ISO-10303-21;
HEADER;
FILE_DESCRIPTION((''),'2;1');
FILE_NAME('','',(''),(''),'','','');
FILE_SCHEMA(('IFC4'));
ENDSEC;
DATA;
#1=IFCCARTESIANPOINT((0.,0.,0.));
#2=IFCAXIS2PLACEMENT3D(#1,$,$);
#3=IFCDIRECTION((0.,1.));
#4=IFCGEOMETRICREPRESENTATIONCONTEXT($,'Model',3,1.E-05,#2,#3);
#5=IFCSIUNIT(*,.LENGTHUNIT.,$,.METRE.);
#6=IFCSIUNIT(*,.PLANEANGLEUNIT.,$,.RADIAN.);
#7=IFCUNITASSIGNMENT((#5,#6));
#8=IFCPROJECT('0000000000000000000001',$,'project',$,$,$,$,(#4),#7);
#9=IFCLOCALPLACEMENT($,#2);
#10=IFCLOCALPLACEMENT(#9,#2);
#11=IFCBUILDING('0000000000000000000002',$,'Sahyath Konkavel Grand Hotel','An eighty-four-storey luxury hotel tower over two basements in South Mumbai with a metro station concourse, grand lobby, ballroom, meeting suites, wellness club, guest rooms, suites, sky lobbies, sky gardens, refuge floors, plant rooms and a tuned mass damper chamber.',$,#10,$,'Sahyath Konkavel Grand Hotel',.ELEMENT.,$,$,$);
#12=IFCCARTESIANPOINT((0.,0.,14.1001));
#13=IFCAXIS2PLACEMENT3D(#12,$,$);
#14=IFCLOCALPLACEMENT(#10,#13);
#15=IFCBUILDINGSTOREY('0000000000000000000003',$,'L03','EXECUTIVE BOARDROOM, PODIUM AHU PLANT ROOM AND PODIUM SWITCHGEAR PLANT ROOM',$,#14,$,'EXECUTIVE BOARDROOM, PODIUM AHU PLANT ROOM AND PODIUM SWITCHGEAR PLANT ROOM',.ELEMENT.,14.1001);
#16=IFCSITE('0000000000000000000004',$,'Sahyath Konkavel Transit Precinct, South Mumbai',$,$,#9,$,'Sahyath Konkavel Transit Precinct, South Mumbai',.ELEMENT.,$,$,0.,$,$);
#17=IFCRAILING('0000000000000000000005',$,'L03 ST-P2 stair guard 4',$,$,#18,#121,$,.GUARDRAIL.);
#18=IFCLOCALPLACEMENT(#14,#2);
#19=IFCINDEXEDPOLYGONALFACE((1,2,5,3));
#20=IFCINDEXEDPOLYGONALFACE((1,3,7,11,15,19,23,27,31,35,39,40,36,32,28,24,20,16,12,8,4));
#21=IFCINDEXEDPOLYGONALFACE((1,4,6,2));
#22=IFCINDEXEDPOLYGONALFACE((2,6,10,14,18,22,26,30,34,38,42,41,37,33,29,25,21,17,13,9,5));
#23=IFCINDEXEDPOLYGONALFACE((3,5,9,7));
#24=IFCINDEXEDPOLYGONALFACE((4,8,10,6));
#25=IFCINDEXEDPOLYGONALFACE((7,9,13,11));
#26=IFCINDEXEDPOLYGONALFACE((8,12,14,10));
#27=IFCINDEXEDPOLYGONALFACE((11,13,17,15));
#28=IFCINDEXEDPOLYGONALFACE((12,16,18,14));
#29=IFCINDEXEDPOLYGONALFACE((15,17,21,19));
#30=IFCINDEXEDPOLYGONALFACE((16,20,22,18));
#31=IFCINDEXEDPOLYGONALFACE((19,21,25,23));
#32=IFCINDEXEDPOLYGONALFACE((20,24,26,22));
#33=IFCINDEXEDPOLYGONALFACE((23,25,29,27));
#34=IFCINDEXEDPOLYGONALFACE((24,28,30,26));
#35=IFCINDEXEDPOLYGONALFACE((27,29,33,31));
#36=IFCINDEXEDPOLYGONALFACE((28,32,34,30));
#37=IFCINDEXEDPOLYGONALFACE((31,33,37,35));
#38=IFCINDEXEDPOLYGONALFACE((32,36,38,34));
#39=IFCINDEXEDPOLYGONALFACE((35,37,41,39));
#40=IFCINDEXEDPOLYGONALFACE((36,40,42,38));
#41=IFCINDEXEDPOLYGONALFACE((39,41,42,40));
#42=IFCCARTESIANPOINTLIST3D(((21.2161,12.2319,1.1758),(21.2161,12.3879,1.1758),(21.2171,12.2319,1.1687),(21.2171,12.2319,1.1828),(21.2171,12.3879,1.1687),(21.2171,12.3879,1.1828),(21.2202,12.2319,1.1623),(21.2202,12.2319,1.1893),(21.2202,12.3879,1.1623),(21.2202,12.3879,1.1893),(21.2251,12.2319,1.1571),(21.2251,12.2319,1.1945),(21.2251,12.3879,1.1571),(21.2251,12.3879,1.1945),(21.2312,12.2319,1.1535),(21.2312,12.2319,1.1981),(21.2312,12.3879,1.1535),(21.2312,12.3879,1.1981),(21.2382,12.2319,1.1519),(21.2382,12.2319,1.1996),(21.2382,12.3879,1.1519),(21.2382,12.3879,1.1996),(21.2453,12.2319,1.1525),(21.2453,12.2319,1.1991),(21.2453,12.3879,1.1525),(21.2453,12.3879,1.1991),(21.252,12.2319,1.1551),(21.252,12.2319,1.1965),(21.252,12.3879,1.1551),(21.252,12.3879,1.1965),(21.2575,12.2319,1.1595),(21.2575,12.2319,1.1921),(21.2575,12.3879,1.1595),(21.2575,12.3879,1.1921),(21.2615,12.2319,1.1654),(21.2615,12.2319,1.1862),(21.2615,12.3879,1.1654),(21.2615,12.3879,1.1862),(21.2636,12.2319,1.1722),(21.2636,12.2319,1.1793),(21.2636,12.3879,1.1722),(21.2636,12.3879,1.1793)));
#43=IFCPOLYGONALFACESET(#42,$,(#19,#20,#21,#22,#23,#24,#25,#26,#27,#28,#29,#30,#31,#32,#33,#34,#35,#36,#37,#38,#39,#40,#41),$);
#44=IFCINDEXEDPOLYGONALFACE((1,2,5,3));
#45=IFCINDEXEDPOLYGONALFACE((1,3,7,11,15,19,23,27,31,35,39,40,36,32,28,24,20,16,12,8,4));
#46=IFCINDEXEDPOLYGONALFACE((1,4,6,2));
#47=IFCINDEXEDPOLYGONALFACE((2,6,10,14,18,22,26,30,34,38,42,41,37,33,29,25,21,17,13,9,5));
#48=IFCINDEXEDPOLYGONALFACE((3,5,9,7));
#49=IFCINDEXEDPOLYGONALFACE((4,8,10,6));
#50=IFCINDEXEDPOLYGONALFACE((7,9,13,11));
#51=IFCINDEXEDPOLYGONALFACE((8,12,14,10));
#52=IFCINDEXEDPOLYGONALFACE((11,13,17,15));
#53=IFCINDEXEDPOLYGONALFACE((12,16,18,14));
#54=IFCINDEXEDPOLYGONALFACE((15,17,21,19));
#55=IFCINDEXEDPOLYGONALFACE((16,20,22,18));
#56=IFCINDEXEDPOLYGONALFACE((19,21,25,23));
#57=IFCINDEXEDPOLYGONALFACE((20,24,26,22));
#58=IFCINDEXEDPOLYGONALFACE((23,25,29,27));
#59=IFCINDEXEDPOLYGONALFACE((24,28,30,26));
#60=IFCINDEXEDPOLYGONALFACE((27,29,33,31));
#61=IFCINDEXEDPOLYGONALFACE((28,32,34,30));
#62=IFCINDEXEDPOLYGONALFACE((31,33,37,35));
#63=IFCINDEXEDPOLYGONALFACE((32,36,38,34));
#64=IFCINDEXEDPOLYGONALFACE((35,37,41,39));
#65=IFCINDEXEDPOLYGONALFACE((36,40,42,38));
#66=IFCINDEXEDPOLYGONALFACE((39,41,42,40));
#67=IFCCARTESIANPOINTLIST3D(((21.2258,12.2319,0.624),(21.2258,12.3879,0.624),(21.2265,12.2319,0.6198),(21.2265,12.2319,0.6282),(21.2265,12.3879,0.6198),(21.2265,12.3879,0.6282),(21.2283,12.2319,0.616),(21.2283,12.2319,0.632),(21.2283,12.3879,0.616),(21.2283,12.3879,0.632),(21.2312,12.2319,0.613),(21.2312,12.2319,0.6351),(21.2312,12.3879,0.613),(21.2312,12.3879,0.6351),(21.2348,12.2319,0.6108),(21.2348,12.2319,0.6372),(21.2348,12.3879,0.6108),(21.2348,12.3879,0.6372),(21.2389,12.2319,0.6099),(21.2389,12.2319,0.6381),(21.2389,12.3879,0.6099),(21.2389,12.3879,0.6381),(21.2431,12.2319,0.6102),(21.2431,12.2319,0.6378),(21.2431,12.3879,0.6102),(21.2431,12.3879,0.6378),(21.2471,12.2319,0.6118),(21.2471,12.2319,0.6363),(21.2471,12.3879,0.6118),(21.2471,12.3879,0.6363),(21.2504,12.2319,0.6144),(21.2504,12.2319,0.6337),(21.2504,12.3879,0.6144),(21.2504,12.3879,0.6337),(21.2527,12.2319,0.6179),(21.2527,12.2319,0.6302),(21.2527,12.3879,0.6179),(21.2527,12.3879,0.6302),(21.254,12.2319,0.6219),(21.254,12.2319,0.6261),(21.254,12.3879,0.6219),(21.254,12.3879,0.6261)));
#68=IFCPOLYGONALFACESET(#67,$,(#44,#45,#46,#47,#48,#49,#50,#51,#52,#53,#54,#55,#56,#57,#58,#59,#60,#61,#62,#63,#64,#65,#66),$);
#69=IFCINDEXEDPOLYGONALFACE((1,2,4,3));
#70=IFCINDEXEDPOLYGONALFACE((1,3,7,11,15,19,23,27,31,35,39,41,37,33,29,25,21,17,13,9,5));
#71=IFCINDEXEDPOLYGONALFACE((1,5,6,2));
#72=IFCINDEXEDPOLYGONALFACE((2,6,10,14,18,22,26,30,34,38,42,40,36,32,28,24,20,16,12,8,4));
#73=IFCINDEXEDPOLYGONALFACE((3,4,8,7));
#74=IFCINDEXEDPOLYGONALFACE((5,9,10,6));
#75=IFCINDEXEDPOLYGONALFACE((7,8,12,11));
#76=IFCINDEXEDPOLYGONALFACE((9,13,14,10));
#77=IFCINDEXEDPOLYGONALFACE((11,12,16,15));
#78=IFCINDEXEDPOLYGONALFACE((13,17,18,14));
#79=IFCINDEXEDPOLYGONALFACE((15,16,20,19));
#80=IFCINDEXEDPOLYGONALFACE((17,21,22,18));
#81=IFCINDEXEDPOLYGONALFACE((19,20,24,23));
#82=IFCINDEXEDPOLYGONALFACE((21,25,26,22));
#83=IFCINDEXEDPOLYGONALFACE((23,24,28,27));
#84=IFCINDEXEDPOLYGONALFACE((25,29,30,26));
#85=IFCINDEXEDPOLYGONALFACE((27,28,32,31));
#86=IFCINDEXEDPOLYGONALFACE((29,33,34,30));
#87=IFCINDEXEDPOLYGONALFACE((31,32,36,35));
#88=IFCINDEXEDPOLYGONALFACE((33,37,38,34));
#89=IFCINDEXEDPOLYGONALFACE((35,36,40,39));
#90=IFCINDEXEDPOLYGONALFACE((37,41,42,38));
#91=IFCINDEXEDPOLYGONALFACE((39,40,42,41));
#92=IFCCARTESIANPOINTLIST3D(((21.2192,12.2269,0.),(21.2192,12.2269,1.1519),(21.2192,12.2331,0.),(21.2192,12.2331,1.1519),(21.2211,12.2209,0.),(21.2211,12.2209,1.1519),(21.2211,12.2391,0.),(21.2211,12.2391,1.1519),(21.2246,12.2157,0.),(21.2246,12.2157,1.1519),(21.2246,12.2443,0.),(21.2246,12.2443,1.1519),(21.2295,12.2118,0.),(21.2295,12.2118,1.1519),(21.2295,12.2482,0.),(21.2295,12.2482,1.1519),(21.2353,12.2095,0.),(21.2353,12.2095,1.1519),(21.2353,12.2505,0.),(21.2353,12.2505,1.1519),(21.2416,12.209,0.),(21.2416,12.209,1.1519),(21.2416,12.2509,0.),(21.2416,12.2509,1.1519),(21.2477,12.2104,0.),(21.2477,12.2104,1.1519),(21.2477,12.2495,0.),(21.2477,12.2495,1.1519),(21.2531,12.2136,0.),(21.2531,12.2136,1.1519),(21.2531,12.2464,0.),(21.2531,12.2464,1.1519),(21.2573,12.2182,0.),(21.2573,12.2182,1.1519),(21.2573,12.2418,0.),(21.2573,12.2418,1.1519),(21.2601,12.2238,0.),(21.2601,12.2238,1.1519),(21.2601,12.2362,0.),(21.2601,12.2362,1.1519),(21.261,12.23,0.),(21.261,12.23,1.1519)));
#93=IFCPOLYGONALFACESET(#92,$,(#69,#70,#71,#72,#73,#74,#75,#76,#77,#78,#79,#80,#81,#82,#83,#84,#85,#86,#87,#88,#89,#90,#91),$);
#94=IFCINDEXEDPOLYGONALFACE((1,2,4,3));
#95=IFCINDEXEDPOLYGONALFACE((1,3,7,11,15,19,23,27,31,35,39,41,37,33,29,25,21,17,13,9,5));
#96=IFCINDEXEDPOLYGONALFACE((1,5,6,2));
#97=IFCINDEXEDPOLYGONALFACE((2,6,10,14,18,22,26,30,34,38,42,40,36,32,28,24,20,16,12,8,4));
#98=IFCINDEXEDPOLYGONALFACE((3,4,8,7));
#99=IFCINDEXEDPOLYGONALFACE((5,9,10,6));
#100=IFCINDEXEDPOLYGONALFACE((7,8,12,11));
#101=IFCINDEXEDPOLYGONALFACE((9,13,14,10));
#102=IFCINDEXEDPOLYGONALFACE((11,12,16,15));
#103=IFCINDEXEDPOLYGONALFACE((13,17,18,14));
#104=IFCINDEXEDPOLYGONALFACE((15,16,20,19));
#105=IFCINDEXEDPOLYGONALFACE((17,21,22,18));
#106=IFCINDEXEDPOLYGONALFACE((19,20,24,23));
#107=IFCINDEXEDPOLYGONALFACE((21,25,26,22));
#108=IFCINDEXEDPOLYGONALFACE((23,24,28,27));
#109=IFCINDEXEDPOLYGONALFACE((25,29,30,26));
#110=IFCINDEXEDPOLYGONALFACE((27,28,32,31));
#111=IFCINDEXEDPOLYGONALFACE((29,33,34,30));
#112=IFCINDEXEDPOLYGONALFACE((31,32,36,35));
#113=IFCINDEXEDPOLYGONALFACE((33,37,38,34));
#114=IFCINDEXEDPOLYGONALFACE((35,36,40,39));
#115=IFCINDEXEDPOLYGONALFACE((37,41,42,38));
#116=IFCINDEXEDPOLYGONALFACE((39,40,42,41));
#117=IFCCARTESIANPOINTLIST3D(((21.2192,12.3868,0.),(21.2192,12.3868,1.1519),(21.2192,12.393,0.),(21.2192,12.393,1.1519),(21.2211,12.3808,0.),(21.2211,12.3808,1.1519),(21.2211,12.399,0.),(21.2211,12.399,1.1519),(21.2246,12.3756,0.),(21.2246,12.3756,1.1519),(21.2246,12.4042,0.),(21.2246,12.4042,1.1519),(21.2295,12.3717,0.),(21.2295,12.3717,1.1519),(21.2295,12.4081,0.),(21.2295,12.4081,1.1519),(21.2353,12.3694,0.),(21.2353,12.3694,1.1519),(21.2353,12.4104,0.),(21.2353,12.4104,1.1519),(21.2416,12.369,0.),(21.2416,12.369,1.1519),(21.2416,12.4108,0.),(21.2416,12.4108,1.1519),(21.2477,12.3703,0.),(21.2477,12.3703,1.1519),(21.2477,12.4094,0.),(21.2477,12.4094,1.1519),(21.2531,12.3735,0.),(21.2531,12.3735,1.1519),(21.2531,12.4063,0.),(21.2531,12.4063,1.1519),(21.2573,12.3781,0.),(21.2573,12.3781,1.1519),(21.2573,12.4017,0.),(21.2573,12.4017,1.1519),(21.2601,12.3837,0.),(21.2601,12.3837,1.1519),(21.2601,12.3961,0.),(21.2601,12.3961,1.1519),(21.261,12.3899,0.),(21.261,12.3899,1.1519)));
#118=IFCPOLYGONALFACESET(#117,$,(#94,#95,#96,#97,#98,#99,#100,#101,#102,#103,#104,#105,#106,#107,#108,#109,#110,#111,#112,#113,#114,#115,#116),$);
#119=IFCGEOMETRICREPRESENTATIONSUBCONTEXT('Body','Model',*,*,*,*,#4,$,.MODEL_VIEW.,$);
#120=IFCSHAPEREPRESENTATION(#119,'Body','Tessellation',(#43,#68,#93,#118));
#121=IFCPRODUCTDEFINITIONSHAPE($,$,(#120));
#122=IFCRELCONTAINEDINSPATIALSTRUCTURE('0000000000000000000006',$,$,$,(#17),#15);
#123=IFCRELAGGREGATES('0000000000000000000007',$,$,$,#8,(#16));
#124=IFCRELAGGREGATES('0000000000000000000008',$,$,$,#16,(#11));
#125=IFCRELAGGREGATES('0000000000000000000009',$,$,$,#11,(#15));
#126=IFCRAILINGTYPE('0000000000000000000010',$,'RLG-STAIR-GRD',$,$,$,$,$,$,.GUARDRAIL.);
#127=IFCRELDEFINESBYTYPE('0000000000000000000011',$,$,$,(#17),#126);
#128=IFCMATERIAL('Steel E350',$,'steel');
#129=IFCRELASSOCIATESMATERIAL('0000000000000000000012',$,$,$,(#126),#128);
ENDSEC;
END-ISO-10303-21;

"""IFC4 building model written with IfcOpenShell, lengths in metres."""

from ifc_helpers import new_model, si_unit, direction, frame, origin, origin_2d, place, context, subcontext, project, spatial, circle, extrude, material, type_object, element, save


model = new_model("IFC4")

# Units and contexts
model_context = context("Model", 3, precision=1e-05, world=origin(), true_north=direction((0.0, 1.0)))
body_context = subcontext(model_context, "Body", "Model", "MODEL_VIEW")
ifc_project = project(units=[si_unit("LENGTHUNIT", "METRE"), si_unit("PLANEANGLEUNIT", "RADIAN")], contexts=[model_context])

# Site, building, storey
site_placement = place(None, origin())
site = spatial("IfcSite", under=ifc_project, at=site_placement, Name="Sahyath Konkavel Transit Precinct, South Mumbai", LongName="Sahyath Konkavel Transit Precinct, South Mumbai", CompositionType="ELEMENT", RefElevation=0.0)
building_placement = place(site_placement, origin())
building = spatial("IfcBuilding", under=site, at=building_placement, Name="Sahyath Konkavel Grand Hotel", Description="An eighty-four-storey luxury hotel tower over two basements in South Mumbai with a metro station concourse, grand lobby, ballroom, meeting suites, wellness club, guest rooms, suites, sky lobbies, sky gardens, refuge floors, plant rooms and a tuned mass damper chamber.", LongName="Sahyath Konkavel Grand Hotel", CompositionType="ELEMENT")
storey_placement = place(building_placement, frame((0.0, 0.0, 14.1001)))
storey = spatial("IfcBuildingStorey", under=building, at=storey_placement, Name="L03", Description="EXECUTIVE BOARDROOM, PODIUM AHU PLANT ROOM AND PODIUM SWITCHGEAR PLANT ROOM", LongName="EXECUTIVE BOARDROOM, PODIUM AHU PLANT ROOM AND PODIUM SWITCHGEAR PLANT ROOM", CompositionType="ELEMENT", Elevation=14.1001)

# Shared definitions
ifc_material_1 = material(Name="Steel E350", Category="steel")

# Railing
railing_type_1 = type_object("IfcRailingType", Name="RLG-STAIR-GRD", PredefinedType="GUARDRAIL", material=ifc_material_1)
railing_1_placement = place(storey_placement, frame((21.24, 12.23, 0.0)))
element("IfcRailing", 1, at=railing_1_placement, inside=storey, type_object=railing_type_1, Name="L03 ST-P2 stair guard 4", PredefinedType="GUARDRAIL", context=body_context, shape_type="SweptSolid", body=[
    extrude(circle(Radius=0.0239, at=origin_2d()), frame((0.0, 0.002, 1.1758), z_axis=(0.0, 1.0, 0.0), x_axis=(-1.0, 0.0, 0.0)), (0.0, 0.0, 1.0), 0.156),
    extrude(circle(Radius=0.0142, at=origin_2d()), frame((0.0, 0.002, 0.624), z_axis=(0.0, 1.0, 0.0), x_axis=(-1.0, 0.0, 0.0)), (0.0, 0.0, 1.0), 0.156),
    extrude(circle(Radius=0.021, at=origin_2d()), origin(), (0.0, 0.0, 1.0), 1.1519),
    extrude(circle(Radius=0.021, at=origin_2d()), frame((0.0, 0.1599, 0.0)), (0.0, 0.0, 1.0), 1.1519),
])

save(model, "model.ifc")
